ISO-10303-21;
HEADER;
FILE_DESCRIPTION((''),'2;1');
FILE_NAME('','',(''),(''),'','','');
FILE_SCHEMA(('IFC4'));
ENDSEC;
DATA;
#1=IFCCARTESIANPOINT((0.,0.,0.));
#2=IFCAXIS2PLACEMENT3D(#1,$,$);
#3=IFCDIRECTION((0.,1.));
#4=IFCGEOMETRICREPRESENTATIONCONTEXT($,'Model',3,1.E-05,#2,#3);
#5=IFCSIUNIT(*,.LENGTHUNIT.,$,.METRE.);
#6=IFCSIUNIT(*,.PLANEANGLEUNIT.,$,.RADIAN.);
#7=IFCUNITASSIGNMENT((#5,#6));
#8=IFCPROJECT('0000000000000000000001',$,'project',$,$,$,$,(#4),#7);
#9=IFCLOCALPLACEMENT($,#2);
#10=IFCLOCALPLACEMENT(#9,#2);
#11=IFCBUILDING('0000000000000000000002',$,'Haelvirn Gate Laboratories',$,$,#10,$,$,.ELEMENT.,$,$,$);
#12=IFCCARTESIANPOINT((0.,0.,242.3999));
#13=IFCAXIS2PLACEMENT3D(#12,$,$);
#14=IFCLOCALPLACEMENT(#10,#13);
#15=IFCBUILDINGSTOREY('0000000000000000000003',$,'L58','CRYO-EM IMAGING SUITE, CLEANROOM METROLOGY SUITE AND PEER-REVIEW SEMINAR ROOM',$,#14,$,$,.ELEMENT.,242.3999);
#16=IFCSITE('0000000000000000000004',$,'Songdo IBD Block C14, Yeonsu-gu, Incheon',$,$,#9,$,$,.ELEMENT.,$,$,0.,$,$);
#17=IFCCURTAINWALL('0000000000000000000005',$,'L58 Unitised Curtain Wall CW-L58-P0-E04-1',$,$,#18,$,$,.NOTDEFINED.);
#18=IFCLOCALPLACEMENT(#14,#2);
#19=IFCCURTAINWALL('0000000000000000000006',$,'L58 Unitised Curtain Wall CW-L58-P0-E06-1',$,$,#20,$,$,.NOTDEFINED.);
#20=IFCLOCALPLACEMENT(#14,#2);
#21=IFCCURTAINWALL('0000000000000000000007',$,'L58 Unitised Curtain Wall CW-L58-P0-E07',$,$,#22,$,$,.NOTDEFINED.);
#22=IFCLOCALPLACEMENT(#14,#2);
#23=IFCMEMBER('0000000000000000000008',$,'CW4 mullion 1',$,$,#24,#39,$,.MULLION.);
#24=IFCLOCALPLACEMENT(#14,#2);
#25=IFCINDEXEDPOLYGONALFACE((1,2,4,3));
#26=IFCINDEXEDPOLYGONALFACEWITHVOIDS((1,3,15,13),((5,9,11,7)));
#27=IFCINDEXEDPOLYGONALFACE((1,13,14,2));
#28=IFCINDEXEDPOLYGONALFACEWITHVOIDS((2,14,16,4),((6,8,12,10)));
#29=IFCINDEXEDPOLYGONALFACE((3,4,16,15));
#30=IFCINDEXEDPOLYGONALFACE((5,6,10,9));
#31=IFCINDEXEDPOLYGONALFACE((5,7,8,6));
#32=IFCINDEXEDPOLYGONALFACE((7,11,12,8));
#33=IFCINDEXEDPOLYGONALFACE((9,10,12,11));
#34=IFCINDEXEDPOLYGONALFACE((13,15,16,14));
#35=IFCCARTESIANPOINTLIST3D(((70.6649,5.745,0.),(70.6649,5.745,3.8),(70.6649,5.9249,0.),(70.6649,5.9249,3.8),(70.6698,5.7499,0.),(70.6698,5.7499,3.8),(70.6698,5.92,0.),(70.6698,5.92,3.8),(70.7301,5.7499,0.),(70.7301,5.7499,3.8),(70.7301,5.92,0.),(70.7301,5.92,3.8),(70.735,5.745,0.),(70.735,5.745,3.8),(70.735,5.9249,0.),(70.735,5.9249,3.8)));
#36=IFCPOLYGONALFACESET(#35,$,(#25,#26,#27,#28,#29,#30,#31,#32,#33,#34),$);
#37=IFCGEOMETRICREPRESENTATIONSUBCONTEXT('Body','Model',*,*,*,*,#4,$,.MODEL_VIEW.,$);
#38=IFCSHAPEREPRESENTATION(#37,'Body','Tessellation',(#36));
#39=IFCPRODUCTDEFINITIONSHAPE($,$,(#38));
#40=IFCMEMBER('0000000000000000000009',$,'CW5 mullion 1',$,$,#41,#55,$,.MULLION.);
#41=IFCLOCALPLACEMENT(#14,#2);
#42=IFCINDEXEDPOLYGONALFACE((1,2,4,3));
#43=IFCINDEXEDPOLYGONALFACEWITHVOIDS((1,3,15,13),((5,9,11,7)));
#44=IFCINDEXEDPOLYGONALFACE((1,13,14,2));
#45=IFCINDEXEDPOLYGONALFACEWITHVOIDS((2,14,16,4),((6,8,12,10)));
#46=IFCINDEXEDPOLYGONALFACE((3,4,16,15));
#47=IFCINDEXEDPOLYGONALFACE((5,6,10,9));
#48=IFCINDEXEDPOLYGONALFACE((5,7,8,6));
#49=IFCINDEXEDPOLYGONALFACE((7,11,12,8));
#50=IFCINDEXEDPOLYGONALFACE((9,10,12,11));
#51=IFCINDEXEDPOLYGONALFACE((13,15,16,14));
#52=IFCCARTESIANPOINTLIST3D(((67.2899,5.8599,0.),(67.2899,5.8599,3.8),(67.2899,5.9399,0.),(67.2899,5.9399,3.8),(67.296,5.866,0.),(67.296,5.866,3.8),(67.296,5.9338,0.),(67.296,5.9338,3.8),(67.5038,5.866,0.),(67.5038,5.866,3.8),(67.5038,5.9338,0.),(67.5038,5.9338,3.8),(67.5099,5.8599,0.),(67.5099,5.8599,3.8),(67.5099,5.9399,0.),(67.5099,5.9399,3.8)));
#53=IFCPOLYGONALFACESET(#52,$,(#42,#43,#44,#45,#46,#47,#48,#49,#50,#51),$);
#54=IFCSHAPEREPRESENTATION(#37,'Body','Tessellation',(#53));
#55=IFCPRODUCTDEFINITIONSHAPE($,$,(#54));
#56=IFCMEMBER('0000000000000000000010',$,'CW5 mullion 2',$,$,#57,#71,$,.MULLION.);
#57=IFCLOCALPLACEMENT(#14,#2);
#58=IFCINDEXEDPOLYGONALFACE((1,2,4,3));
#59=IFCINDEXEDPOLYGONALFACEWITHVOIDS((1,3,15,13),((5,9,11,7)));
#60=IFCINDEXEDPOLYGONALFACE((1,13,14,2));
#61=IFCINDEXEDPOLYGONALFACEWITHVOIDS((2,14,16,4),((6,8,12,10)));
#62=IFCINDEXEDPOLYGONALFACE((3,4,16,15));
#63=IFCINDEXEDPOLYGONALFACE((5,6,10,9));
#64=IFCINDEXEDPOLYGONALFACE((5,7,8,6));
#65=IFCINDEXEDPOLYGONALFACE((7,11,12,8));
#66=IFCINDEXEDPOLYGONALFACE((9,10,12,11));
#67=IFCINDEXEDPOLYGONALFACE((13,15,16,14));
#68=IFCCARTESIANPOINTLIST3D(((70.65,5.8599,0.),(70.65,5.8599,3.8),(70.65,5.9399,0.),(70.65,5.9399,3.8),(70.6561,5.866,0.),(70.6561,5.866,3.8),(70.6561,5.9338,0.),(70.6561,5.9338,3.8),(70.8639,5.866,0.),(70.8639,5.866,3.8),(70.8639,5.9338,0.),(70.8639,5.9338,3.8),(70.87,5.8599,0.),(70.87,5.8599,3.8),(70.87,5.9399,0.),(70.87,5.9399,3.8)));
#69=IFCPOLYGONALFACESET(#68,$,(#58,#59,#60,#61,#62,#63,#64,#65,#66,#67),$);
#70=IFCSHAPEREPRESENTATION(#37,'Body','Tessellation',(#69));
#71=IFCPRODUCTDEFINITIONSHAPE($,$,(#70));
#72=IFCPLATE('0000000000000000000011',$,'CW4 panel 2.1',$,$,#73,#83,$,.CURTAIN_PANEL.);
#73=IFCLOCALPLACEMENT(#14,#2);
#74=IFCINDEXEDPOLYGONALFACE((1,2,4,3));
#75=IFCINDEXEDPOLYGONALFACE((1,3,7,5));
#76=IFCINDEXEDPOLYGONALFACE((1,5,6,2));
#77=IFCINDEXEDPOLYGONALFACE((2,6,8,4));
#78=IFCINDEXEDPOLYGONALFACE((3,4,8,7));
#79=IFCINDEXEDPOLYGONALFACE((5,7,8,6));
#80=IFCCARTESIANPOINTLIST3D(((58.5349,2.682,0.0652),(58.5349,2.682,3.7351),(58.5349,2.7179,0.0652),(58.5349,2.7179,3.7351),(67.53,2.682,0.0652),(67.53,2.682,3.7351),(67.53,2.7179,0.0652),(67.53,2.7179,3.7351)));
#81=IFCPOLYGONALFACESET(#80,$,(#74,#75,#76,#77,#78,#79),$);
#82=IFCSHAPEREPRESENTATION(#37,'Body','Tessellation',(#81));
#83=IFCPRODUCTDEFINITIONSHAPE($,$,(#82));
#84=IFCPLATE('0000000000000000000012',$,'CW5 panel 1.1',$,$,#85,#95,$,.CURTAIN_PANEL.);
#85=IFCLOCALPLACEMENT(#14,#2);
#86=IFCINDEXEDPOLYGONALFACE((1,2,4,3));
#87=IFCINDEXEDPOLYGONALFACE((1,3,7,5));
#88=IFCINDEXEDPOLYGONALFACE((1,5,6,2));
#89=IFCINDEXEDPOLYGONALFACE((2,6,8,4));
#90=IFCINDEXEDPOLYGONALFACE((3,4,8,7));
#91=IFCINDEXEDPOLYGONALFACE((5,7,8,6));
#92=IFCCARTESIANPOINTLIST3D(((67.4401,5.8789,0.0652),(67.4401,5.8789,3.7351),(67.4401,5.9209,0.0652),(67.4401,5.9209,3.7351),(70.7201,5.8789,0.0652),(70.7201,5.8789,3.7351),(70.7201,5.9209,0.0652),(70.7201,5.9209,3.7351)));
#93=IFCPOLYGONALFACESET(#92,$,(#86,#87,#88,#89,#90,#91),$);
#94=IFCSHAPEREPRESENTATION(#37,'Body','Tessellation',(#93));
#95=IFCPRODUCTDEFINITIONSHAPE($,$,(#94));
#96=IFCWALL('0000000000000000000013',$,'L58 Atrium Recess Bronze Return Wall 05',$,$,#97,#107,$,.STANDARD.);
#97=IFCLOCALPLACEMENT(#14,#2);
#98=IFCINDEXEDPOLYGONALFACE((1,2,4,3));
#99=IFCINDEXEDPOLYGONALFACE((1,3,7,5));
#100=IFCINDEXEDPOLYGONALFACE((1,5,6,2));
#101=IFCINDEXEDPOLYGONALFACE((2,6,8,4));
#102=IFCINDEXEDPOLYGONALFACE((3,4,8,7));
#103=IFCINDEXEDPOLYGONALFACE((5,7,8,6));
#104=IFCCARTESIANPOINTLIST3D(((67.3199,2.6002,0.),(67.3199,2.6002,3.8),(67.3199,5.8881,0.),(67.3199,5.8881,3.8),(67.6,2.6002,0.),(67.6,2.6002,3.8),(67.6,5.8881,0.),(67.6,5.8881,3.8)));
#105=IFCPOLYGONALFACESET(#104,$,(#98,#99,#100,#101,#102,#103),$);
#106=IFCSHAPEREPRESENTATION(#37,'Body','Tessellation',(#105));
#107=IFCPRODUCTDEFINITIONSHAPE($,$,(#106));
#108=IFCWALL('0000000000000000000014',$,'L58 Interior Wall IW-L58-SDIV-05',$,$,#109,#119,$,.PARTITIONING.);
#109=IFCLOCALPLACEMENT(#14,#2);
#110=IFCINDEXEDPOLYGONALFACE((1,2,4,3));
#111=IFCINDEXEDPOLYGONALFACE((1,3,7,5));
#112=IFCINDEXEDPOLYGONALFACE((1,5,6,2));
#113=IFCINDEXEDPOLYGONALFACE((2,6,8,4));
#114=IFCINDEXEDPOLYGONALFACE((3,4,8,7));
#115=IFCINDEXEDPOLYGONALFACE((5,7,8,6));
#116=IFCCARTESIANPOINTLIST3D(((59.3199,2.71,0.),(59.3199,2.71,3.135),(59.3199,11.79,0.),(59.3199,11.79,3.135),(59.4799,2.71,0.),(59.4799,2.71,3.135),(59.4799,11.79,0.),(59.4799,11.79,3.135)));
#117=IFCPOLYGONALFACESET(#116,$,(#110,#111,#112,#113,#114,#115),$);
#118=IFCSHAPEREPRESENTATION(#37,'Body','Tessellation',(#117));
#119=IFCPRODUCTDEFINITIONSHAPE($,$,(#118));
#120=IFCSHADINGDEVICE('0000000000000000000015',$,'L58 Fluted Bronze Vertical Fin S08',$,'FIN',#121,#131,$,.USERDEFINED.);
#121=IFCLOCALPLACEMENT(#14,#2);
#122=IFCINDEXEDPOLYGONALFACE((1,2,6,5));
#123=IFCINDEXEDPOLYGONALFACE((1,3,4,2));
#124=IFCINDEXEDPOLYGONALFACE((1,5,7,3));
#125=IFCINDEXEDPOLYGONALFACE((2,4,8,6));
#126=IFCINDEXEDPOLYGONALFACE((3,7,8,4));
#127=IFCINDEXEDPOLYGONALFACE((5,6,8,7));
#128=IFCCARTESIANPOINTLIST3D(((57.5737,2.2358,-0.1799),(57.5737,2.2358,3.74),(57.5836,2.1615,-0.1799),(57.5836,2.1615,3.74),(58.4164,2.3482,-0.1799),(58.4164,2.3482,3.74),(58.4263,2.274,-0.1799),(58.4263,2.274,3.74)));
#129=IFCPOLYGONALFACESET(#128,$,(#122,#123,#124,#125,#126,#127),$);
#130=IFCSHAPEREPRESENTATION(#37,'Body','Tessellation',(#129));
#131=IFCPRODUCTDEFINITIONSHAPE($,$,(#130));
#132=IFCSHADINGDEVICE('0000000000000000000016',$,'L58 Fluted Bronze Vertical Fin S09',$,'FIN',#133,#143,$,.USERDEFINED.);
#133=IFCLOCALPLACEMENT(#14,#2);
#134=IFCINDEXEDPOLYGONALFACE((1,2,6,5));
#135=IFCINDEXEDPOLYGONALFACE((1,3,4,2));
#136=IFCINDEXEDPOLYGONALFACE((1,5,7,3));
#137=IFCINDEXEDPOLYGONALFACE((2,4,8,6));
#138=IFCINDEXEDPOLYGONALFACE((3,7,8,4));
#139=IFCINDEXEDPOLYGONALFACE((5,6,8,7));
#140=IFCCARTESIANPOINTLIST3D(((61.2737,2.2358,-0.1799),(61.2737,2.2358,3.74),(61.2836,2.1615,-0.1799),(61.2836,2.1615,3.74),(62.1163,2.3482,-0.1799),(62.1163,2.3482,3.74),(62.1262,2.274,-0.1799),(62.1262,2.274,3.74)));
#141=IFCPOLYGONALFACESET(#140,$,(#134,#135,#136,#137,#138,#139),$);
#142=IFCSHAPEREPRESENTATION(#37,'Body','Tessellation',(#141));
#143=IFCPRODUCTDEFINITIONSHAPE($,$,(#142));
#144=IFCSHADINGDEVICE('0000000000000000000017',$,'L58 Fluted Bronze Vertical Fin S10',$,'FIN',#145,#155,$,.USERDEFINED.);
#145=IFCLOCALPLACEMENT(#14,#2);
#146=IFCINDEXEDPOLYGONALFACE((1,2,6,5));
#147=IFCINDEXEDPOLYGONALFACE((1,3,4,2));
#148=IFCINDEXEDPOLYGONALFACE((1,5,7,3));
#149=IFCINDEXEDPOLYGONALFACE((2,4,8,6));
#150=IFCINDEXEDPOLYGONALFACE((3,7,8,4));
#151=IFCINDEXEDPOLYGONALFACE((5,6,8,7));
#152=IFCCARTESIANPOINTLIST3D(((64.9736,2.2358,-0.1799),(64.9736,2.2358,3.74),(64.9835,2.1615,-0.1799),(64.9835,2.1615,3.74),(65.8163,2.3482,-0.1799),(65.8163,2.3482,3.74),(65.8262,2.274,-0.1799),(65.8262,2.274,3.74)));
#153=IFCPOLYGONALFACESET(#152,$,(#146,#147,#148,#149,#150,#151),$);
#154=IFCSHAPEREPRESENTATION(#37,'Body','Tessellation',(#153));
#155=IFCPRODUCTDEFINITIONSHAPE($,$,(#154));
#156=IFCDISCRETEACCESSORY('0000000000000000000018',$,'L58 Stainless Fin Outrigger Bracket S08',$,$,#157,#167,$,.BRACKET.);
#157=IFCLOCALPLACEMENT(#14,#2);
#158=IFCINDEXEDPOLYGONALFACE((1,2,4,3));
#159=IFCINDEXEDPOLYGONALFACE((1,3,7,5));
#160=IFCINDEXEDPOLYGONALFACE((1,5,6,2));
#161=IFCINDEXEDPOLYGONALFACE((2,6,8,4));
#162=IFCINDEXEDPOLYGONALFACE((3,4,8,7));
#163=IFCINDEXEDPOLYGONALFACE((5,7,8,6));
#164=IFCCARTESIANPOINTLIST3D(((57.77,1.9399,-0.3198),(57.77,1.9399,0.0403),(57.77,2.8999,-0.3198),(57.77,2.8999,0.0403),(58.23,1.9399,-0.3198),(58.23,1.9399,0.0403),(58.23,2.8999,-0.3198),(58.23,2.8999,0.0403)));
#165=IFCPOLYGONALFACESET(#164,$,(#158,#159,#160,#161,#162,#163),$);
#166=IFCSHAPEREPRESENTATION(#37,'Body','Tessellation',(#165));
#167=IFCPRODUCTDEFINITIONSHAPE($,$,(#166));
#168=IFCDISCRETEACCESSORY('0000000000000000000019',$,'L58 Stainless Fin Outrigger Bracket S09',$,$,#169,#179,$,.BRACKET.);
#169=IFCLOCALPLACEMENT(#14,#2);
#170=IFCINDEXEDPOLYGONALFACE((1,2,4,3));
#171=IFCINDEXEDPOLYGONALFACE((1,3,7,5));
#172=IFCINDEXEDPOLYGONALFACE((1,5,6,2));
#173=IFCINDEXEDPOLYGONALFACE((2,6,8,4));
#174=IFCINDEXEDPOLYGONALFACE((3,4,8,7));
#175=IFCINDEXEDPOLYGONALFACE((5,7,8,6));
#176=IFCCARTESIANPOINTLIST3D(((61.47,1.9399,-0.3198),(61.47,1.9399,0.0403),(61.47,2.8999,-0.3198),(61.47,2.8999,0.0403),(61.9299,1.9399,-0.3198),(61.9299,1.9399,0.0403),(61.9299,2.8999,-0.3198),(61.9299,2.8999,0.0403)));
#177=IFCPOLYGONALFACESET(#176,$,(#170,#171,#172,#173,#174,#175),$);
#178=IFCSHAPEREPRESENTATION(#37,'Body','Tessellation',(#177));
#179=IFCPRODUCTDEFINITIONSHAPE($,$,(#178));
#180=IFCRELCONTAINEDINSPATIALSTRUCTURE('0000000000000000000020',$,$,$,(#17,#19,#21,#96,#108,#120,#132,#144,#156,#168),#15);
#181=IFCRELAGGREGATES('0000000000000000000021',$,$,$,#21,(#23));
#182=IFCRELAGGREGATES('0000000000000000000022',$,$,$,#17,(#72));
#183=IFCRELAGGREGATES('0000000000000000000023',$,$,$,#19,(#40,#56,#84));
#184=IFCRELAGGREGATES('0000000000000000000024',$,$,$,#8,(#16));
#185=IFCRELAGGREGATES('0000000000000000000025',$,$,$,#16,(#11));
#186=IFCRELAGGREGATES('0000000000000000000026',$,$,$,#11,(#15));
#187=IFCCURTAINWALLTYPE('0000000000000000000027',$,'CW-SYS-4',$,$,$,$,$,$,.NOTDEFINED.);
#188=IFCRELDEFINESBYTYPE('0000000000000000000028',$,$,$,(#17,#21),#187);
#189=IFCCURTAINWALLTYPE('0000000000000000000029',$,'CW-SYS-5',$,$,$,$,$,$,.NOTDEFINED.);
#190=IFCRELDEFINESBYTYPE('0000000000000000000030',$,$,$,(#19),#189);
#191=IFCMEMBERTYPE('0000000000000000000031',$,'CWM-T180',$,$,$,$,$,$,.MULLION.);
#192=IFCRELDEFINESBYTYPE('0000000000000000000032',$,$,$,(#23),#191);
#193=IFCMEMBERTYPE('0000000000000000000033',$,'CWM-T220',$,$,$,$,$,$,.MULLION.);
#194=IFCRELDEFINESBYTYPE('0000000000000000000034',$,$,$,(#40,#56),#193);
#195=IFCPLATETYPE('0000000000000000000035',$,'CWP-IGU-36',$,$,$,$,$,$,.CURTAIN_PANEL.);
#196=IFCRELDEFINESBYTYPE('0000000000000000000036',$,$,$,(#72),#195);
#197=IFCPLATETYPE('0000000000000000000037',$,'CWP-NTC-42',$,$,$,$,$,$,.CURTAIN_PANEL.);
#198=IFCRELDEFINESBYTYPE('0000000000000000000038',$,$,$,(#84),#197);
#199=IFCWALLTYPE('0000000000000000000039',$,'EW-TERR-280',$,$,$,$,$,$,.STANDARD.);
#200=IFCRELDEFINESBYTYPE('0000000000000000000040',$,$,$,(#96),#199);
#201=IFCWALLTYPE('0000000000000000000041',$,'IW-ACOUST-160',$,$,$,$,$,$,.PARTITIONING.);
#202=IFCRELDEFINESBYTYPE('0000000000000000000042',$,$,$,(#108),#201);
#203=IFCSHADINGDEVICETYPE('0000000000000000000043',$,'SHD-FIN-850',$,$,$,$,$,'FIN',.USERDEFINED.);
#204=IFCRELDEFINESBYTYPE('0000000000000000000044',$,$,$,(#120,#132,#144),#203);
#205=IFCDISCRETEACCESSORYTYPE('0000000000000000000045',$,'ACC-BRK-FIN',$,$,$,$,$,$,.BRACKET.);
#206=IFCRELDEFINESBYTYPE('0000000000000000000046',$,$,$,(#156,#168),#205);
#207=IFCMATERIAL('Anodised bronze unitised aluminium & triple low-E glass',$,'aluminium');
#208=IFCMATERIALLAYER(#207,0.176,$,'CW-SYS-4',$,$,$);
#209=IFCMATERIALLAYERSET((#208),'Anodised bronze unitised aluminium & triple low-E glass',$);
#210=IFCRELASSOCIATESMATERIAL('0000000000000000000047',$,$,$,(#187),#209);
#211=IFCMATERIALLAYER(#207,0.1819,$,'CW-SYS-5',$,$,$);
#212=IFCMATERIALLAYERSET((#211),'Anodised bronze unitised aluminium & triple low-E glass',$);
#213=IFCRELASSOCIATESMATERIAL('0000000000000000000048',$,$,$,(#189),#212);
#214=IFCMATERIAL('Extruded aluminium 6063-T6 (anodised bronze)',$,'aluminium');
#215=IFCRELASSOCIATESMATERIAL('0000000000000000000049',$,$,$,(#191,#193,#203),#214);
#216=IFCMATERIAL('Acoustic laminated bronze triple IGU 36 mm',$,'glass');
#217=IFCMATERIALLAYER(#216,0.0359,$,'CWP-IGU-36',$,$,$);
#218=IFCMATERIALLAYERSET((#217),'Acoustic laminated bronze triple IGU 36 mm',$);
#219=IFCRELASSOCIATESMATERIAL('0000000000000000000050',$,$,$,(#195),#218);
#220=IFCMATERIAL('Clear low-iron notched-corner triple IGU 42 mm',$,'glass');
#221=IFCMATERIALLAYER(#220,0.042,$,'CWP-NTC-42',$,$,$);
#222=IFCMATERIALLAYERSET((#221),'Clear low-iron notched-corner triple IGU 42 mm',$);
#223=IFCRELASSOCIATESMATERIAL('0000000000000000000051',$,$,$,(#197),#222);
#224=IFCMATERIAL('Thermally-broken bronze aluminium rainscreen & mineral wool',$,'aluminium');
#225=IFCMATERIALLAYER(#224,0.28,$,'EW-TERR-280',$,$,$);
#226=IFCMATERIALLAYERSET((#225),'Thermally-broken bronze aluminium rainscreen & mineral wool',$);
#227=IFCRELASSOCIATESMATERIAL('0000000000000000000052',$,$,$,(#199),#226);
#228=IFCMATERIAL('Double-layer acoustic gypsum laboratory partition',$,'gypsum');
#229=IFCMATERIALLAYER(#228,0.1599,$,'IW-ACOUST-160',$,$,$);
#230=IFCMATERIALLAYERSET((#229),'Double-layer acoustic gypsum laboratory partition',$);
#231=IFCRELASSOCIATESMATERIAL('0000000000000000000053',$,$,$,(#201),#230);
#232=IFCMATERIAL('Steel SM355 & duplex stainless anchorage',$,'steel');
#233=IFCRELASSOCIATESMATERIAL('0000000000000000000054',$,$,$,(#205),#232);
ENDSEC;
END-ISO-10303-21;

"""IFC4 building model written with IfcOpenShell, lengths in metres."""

from ifc_helpers import new_model, si_unit, direction, frame, frame_2d, origin, origin_2d, place, context, subcontext, project, spatial, rectangle, hollow_rectangle, extrude, source, transform, mapped, material, layer, layer_set, material_profile, profile_set, type_object, type_shapes, element, aggregate, save


model = new_model("IFC4")

# Units and contexts
model_context = context("Model", 3, precision=1e-05, world=origin(), true_north=direction((0.0, 1.0)))
body_context = subcontext(model_context, "Body", "Model", "MODEL_VIEW")
ifc_project = project(units=[si_unit("LENGTHUNIT", "METRE"), si_unit("PLANEANGLEUNIT", "RADIAN")], contexts=[model_context])

# Site, building, storey
site_placement = place(None, origin())
site = spatial("IfcSite", under=ifc_project, at=site_placement, Name="Songdo IBD Block C14, Yeonsu-gu, Incheon", CompositionType="ELEMENT", RefElevation=0.0)
building_placement = place(site_placement, origin())
building = spatial("IfcBuilding", under=site, at=building_placement, Name="Haelvirn Gate Laboratories", CompositionType="ELEMENT")
storey_placement = place(building_placement, frame((0.0, 0.0, 242.3999)))
storey = spatial("IfcBuildingStorey", under=building, at=storey_placement, Name="L58", Description="CRYO-EM IMAGING SUITE, CLEANROOM METROLOGY SUITE AND PEER-REVIEW SEMINAR ROOM", CompositionType="ELEMENT", Elevation=242.3999)

# Curtain walls
ifc_material_1 = material(Name="Anodised bronze unitised aluminium & triple low-E glass", Category="aluminium")
ifc_layer_1 = layer(ifc_material_1, 0.176, Name="CW-SYS-4")
ifc_layer_set_1 = layer_set([ifc_layer_1], Name="Anodised bronze unitised aluminium & triple low-E glass")
curtain_wall_type_1 = type_object("IfcCurtainWallType", Name="CW-SYS-4", PredefinedType="NOTDEFINED", material=ifc_layer_set_1)
curtain_wall_1_placement = place(storey_placement, origin())
curtain_wall_1 = element("IfcCurtainWall", 1, at=curtain_wall_1_placement, inside=storey, type_object=curtain_wall_type_1, Name="L58 Unitised Curtain Wall CW-L58-P0-E04-1", PredefinedType="NOTDEFINED")
ifc_material_2 = material(Name="Extruded aluminium 6063-T6 (anodised bronze)", Category="aluminium")
ifc_layer_2 = layer(ifc_material_1, 0.1819, Name="CW-SYS-5")
ifc_layer_set_2 = layer_set([ifc_layer_2], Name="Anodised bronze unitised aluminium & triple low-E glass")
curtain_wall_type_2 = type_object("IfcCurtainWallType", Name="CW-SYS-5", PredefinedType="NOTDEFINED", material=ifc_layer_set_2)
curtain_wall_2_placement = place(storey_placement, origin())
curtain_wall_2 = element("IfcCurtainWall", 2, at=curtain_wall_2_placement, inside=storey, type_object=curtain_wall_type_2, Name="L58 Unitised Curtain Wall CW-L58-P0-E06-1", PredefinedType="NOTDEFINED")
curtain_wall_3_placement = place(storey_placement, origin())
curtain_wall_3 = element("IfcCurtainWall", 3, at=curtain_wall_3_placement, inside=storey, type_object=curtain_wall_type_1, Name="L58 Unitised Curtain Wall CW-L58-P0-E07", PredefinedType="NOTDEFINED")

# Members
ifc_material_profile_1 = material_profile(ifc_material_2, hollow_rectangle(XDim=0.0701, YDim=0.1799, WallThickness=0.0049, at=origin_2d()), Name="CWM-180x70x5")
ifc_profile_set_1 = profile_set([ifc_material_profile_1], Name="Extruded aluminium 6063-T6 (anodised bronze)")
member_type_1 = type_object("IfcMemberType", Name="CWM-T180", PredefinedType="MULLION", material=ifc_profile_set_1)
shared_shape_1 = source(origin(), body_context, "Body", "SweptSolid", [
    extrude(hollow_rectangle(XDim=0.0701, YDim=0.1799, WallThickness=0.0049, at=origin_2d()), origin(), (0.0, 0.0, 1.0), 3.8),
])
type_shapes(member_type_1, [shared_shape_1])
member_1_placement = place(storey_placement, frame((70.7, 5.835, 0.0), z_axis=(0.0, 0.0, 1.0), x_axis=(-1.0, 0.0, 0.0)))
member_1 = element("IfcMember", 4, at=member_1_placement, type_object=member_type_1, Name="CW4 mullion 1", PredefinedType="MULLION", context=body_context, shape_type="MappedRepresentation", body=[
    mapped(shared_shape_1, transform((0.0, 0.0, 0.0), scale=1.0)),
])
aggregate(curtain_wall_3, [member_1])
ifc_material_profile_2 = material_profile(ifc_material_2, hollow_rectangle(XDim=0.0801, YDim=0.22, WallThickness=0.0061, at=origin_2d()), Name="CWM-220x80x6")
ifc_profile_set_2 = profile_set([ifc_material_profile_2], Name="Extruded aluminium 6063-T6 (anodised bronze)")
member_type_2 = type_object("IfcMemberType", Name="CWM-T220", PredefinedType="MULLION", material=ifc_profile_set_2)
shared_shape_2 = source(origin(), body_context, "Body", "SweptSolid", [
    extrude(hollow_rectangle(XDim=0.0801, YDim=0.22, WallThickness=0.0061, at=origin_2d()), origin(), (0.0, 0.0, 1.0), 3.8),
])
type_shapes(member_type_2, [shared_shape_2])
member_2_placement = place(storey_placement, frame((67.3999, 5.8999, 0.0), z_axis=(0.0, 0.0, 1.0), x_axis=(0.0, 1.0, 0.0)))
member_2 = element("IfcMember", 5, at=member_2_placement, type_object=member_type_2, Name="CW5 mullion 1", PredefinedType="MULLION", context=body_context, shape_type="MappedRepresentation", body=[
    mapped(shared_shape_2, transform((0.0, 0.0, 0.0), scale=1.0)),
])
member_3_placement = place(storey_placement, frame((70.76, 5.8999, 0.0), z_axis=(0.0, 0.0, 1.0), x_axis=(0.0, 1.0, 0.0)))
member_3 = element("IfcMember", 6, at=member_3_placement, type_object=member_type_2, Name="CW5 mullion 2", PredefinedType="MULLION", context=body_context, shape_type="MappedRepresentation", body=[
    mapped(shared_shape_2, transform((0.0, 0.0, 0.0), scale=1.0)),
])

# Plates
ifc_material_3 = material(Name="Acoustic laminated bronze triple IGU 36 mm", Category="glass")
ifc_layer_3 = layer(ifc_material_3, 0.0359, Name="CWP-IGU-36")
ifc_layer_set_3 = layer_set([ifc_layer_3], Name="Acoustic laminated bronze triple IGU 36 mm")
plate_type_1 = type_object("IfcPlateType", Name="CWP-IGU-36", PredefinedType="CURTAIN_PANEL", material=ifc_layer_set_3)
shared_shape_3 = source(origin(), body_context, "Body", "SweptSolid", [
    extrude(rectangle(XDim=8.9951, YDim=0.0359, at=origin_2d()), origin(), (0.0, 0.0, 1.0), 3.6699),
])
type_shapes(plate_type_1, [shared_shape_3])
plate_1_placement = place(storey_placement, frame((63.0325, 2.7, 0.0652), z_axis=(0.0, 0.0, 1.0), x_axis=(1.0, 0.0, 0.0)))
plate_1 = element("IfcPlate", 7, at=plate_1_placement, type_object=plate_type_1, Name="CW4 panel 2.1", PredefinedType="CURTAIN_PANEL", context=body_context, shape_type="MappedRepresentation", body=[
    mapped(shared_shape_3, transform((0.0, 0.0, 0.0), scale=1.0)),
])
aggregate(curtain_wall_1, [plate_1])
ifc_material_4 = material(Name="Clear low-iron notched-corner triple IGU 42 mm", Category="glass")
ifc_layer_4 = layer(ifc_material_4, 0.042, Name="CWP-NTC-42")
ifc_layer_set_4 = layer_set([ifc_layer_4], Name="Clear low-iron notched-corner triple IGU 42 mm")
plate_type_2 = type_object("IfcPlateType", Name="CWP-NTC-42", PredefinedType="CURTAIN_PANEL", material=ifc_layer_set_4)
shared_shape_4 = source(origin(), body_context, "Body", "SweptSolid", [
    extrude(rectangle(XDim=3.28, YDim=0.042, at=origin_2d()), origin(), (0.0, 0.0, 1.0), 3.6699),
])
type_shapes(plate_type_2, [shared_shape_4])
plate_2_placement = place(storey_placement, frame((69.0801, 5.8999, 0.0652), z_axis=(0.0, 0.0, 1.0), x_axis=(1.0, 0.0, 0.0)))
plate_2 = element("IfcPlate", 8, at=plate_2_placement, type_object=plate_type_2, Name="CW5 panel 1.1", PredefinedType="CURTAIN_PANEL", context=body_context, shape_type="MappedRepresentation", body=[
    mapped(shared_shape_4, transform((0.0, 0.0, 0.0), scale=1.0)),
])
aggregate(curtain_wall_2, [member_2, member_3, plate_2])

# Walls
ifc_material_5 = material(Name="Thermally-broken bronze aluminium rainscreen & mineral wool", Category="aluminium")
ifc_layer_5 = layer(ifc_material_5, 0.28, Name="EW-TERR-280")
ifc_layer_set_5 = layer_set([ifc_layer_5], Name="Thermally-broken bronze aluminium rainscreen & mineral wool")
wall_type_1 = type_object("IfcWallType", Name="EW-TERR-280", PredefinedType="STANDARD", material=ifc_layer_set_5)
wall_1_placement = place(storey_placement, frame((67.46, 2.6001, 0.0), z_axis=(0.0, 0.0, 1.0), x_axis=(0.0, 1.0, 0.0)))
element("IfcWall", 9, at=wall_1_placement, inside=storey, type_object=wall_type_1, Name="L58 Atrium Recess Bronze Return Wall 05", PredefinedType="STANDARD", context=body_context, shape_type="SweptSolid", body=[
    extrude(rectangle(XDim=3.2878, YDim=0.28, at=frame_2d((1.644, 0.0))), origin(), (0.0, 0.0, 1.0), 3.8),
])
ifc_material_6 = material(Name="Double-layer acoustic gypsum laboratory partition", Category="gypsum")
ifc_layer_6 = layer(ifc_material_6, 0.1599, Name="IW-ACOUST-160")
ifc_layer_set_6 = layer_set([ifc_layer_6], Name="Double-layer acoustic gypsum laboratory partition")
wall_type_2 = type_object("IfcWallType", Name="IW-ACOUST-160", PredefinedType="PARTITIONING", material=ifc_layer_set_6)
wall_2_placement = place(storey_placement, frame((59.3999, 2.71, 0.0), z_axis=(0.0, 0.0, 1.0), x_axis=(0.0, 1.0, 0.0)))
element("IfcWall", 10, at=wall_2_placement, inside=storey, type_object=wall_type_2, Name="L58 Interior Wall IW-L58-SDIV-05", PredefinedType="PARTITIONING", context=body_context, shape_type="SweptSolid", body=[
    extrude(rectangle(XDim=9.0801, YDim=0.1599, at=frame_2d((4.54, 0.0))), origin(), (0.0, 0.0, 1.0), 3.135),
])

# Shading devices
ifc_material_profile_3 = material_profile(ifc_material_2, rectangle(XDim=0.075, YDim=0.8501, at=origin_2d()), Name="FIN-850x75")
ifc_profile_set_3 = profile_set([ifc_material_profile_3], Name="Extruded aluminium 6063-T6 (anodised bronze)")
shading_device_type = type_object("IfcShadingDeviceType", Name="SHD-FIN-850", ElementType="FIN", PredefinedType="USERDEFINED", material=ifc_profile_set_3)
shared_shape_5 = source(origin(), body_context, "Body", "SweptSolid", [
    extrude(rectangle(XDim=0.075, YDim=0.8501, at=origin_2d()), origin(), (0.0, 0.0, 1.0), 3.9199),
])
type_shapes(shading_device_type, [shared_shape_5])
for number, where, z_axis, x_axis, name in (
    (11, (58.0, 2.2549, -0.1799), (0.0, 0.0, 1.0), (-0.132256, 0.991216, 0.0), "L58 Fluted Bronze Vertical Fin S08"),
    (12, (61.7, 2.2549, -0.1799), (0.0, 0.0, 1.0), (-0.132256, 0.991216, 0.0), "L58 Fluted Bronze Vertical Fin S09"),
    (13, (65.3999, 2.2549, -0.1799), (0.0, 0.0, 1.0), (-0.132256, 0.991216, 0.0), "L58 Fluted Bronze Vertical Fin S10"),
):
    element("IfcShadingDevice", number, at=place(storey_placement, frame(where, z_axis=z_axis, x_axis=x_axis)), inside=storey, type_object=shading_device_type, Name=name, ObjectType="FIN", PredefinedType="USERDEFINED", context=body_context, shape_type="MappedRepresentation", body=[
        mapped(shared_shape_5, transform((0.0, 0.0, 0.0), scale=1.0)),
    ])

# Discrete accessories
ifc_material_7 = material(Name="Steel SM355 & duplex stainless anchorage", Category="steel")
discrete_accessory_type = type_object("IfcDiscreteAccessoryType", Name="ACC-BRK-FIN", PredefinedType="BRACKET", material=ifc_material_7)
shared_shape_6 = source(origin(), body_context, "Body", "SweptSolid", [
    extrude(rectangle(XDim=0.46, YDim=0.96, at=origin_2d()), origin(), (0.0, 0.0, 1.0), 0.3601),
])
type_shapes(discrete_accessory_type, [shared_shape_6])
for number, where, z_axis, x_axis, name in (
    (14, (58.0, 2.4199, -0.3198), (0.0, 0.0, 1.0), (1.0, 0.0, 0.0), "L58 Stainless Fin Outrigger Bracket S08"),
    (15, (61.7, 2.4199, -0.3198), (0.0, 0.0, 1.0), (1.0, 0.0, 0.0), "L58 Stainless Fin Outrigger Bracket S09"),
):
    element("IfcDiscreteAccessory", number, at=place(storey_placement, frame(where, z_axis=z_axis, x_axis=x_axis)), inside=storey, type_object=discrete_accessory_type, Name=name, PredefinedType="BRACKET", context=body_context, shape_type="MappedRepresentation", body=[
        mapped(shared_shape_6, transform((0.0, 0.0, 0.0), scale=1.0)),
    ])

save(model, "model.ifc")
